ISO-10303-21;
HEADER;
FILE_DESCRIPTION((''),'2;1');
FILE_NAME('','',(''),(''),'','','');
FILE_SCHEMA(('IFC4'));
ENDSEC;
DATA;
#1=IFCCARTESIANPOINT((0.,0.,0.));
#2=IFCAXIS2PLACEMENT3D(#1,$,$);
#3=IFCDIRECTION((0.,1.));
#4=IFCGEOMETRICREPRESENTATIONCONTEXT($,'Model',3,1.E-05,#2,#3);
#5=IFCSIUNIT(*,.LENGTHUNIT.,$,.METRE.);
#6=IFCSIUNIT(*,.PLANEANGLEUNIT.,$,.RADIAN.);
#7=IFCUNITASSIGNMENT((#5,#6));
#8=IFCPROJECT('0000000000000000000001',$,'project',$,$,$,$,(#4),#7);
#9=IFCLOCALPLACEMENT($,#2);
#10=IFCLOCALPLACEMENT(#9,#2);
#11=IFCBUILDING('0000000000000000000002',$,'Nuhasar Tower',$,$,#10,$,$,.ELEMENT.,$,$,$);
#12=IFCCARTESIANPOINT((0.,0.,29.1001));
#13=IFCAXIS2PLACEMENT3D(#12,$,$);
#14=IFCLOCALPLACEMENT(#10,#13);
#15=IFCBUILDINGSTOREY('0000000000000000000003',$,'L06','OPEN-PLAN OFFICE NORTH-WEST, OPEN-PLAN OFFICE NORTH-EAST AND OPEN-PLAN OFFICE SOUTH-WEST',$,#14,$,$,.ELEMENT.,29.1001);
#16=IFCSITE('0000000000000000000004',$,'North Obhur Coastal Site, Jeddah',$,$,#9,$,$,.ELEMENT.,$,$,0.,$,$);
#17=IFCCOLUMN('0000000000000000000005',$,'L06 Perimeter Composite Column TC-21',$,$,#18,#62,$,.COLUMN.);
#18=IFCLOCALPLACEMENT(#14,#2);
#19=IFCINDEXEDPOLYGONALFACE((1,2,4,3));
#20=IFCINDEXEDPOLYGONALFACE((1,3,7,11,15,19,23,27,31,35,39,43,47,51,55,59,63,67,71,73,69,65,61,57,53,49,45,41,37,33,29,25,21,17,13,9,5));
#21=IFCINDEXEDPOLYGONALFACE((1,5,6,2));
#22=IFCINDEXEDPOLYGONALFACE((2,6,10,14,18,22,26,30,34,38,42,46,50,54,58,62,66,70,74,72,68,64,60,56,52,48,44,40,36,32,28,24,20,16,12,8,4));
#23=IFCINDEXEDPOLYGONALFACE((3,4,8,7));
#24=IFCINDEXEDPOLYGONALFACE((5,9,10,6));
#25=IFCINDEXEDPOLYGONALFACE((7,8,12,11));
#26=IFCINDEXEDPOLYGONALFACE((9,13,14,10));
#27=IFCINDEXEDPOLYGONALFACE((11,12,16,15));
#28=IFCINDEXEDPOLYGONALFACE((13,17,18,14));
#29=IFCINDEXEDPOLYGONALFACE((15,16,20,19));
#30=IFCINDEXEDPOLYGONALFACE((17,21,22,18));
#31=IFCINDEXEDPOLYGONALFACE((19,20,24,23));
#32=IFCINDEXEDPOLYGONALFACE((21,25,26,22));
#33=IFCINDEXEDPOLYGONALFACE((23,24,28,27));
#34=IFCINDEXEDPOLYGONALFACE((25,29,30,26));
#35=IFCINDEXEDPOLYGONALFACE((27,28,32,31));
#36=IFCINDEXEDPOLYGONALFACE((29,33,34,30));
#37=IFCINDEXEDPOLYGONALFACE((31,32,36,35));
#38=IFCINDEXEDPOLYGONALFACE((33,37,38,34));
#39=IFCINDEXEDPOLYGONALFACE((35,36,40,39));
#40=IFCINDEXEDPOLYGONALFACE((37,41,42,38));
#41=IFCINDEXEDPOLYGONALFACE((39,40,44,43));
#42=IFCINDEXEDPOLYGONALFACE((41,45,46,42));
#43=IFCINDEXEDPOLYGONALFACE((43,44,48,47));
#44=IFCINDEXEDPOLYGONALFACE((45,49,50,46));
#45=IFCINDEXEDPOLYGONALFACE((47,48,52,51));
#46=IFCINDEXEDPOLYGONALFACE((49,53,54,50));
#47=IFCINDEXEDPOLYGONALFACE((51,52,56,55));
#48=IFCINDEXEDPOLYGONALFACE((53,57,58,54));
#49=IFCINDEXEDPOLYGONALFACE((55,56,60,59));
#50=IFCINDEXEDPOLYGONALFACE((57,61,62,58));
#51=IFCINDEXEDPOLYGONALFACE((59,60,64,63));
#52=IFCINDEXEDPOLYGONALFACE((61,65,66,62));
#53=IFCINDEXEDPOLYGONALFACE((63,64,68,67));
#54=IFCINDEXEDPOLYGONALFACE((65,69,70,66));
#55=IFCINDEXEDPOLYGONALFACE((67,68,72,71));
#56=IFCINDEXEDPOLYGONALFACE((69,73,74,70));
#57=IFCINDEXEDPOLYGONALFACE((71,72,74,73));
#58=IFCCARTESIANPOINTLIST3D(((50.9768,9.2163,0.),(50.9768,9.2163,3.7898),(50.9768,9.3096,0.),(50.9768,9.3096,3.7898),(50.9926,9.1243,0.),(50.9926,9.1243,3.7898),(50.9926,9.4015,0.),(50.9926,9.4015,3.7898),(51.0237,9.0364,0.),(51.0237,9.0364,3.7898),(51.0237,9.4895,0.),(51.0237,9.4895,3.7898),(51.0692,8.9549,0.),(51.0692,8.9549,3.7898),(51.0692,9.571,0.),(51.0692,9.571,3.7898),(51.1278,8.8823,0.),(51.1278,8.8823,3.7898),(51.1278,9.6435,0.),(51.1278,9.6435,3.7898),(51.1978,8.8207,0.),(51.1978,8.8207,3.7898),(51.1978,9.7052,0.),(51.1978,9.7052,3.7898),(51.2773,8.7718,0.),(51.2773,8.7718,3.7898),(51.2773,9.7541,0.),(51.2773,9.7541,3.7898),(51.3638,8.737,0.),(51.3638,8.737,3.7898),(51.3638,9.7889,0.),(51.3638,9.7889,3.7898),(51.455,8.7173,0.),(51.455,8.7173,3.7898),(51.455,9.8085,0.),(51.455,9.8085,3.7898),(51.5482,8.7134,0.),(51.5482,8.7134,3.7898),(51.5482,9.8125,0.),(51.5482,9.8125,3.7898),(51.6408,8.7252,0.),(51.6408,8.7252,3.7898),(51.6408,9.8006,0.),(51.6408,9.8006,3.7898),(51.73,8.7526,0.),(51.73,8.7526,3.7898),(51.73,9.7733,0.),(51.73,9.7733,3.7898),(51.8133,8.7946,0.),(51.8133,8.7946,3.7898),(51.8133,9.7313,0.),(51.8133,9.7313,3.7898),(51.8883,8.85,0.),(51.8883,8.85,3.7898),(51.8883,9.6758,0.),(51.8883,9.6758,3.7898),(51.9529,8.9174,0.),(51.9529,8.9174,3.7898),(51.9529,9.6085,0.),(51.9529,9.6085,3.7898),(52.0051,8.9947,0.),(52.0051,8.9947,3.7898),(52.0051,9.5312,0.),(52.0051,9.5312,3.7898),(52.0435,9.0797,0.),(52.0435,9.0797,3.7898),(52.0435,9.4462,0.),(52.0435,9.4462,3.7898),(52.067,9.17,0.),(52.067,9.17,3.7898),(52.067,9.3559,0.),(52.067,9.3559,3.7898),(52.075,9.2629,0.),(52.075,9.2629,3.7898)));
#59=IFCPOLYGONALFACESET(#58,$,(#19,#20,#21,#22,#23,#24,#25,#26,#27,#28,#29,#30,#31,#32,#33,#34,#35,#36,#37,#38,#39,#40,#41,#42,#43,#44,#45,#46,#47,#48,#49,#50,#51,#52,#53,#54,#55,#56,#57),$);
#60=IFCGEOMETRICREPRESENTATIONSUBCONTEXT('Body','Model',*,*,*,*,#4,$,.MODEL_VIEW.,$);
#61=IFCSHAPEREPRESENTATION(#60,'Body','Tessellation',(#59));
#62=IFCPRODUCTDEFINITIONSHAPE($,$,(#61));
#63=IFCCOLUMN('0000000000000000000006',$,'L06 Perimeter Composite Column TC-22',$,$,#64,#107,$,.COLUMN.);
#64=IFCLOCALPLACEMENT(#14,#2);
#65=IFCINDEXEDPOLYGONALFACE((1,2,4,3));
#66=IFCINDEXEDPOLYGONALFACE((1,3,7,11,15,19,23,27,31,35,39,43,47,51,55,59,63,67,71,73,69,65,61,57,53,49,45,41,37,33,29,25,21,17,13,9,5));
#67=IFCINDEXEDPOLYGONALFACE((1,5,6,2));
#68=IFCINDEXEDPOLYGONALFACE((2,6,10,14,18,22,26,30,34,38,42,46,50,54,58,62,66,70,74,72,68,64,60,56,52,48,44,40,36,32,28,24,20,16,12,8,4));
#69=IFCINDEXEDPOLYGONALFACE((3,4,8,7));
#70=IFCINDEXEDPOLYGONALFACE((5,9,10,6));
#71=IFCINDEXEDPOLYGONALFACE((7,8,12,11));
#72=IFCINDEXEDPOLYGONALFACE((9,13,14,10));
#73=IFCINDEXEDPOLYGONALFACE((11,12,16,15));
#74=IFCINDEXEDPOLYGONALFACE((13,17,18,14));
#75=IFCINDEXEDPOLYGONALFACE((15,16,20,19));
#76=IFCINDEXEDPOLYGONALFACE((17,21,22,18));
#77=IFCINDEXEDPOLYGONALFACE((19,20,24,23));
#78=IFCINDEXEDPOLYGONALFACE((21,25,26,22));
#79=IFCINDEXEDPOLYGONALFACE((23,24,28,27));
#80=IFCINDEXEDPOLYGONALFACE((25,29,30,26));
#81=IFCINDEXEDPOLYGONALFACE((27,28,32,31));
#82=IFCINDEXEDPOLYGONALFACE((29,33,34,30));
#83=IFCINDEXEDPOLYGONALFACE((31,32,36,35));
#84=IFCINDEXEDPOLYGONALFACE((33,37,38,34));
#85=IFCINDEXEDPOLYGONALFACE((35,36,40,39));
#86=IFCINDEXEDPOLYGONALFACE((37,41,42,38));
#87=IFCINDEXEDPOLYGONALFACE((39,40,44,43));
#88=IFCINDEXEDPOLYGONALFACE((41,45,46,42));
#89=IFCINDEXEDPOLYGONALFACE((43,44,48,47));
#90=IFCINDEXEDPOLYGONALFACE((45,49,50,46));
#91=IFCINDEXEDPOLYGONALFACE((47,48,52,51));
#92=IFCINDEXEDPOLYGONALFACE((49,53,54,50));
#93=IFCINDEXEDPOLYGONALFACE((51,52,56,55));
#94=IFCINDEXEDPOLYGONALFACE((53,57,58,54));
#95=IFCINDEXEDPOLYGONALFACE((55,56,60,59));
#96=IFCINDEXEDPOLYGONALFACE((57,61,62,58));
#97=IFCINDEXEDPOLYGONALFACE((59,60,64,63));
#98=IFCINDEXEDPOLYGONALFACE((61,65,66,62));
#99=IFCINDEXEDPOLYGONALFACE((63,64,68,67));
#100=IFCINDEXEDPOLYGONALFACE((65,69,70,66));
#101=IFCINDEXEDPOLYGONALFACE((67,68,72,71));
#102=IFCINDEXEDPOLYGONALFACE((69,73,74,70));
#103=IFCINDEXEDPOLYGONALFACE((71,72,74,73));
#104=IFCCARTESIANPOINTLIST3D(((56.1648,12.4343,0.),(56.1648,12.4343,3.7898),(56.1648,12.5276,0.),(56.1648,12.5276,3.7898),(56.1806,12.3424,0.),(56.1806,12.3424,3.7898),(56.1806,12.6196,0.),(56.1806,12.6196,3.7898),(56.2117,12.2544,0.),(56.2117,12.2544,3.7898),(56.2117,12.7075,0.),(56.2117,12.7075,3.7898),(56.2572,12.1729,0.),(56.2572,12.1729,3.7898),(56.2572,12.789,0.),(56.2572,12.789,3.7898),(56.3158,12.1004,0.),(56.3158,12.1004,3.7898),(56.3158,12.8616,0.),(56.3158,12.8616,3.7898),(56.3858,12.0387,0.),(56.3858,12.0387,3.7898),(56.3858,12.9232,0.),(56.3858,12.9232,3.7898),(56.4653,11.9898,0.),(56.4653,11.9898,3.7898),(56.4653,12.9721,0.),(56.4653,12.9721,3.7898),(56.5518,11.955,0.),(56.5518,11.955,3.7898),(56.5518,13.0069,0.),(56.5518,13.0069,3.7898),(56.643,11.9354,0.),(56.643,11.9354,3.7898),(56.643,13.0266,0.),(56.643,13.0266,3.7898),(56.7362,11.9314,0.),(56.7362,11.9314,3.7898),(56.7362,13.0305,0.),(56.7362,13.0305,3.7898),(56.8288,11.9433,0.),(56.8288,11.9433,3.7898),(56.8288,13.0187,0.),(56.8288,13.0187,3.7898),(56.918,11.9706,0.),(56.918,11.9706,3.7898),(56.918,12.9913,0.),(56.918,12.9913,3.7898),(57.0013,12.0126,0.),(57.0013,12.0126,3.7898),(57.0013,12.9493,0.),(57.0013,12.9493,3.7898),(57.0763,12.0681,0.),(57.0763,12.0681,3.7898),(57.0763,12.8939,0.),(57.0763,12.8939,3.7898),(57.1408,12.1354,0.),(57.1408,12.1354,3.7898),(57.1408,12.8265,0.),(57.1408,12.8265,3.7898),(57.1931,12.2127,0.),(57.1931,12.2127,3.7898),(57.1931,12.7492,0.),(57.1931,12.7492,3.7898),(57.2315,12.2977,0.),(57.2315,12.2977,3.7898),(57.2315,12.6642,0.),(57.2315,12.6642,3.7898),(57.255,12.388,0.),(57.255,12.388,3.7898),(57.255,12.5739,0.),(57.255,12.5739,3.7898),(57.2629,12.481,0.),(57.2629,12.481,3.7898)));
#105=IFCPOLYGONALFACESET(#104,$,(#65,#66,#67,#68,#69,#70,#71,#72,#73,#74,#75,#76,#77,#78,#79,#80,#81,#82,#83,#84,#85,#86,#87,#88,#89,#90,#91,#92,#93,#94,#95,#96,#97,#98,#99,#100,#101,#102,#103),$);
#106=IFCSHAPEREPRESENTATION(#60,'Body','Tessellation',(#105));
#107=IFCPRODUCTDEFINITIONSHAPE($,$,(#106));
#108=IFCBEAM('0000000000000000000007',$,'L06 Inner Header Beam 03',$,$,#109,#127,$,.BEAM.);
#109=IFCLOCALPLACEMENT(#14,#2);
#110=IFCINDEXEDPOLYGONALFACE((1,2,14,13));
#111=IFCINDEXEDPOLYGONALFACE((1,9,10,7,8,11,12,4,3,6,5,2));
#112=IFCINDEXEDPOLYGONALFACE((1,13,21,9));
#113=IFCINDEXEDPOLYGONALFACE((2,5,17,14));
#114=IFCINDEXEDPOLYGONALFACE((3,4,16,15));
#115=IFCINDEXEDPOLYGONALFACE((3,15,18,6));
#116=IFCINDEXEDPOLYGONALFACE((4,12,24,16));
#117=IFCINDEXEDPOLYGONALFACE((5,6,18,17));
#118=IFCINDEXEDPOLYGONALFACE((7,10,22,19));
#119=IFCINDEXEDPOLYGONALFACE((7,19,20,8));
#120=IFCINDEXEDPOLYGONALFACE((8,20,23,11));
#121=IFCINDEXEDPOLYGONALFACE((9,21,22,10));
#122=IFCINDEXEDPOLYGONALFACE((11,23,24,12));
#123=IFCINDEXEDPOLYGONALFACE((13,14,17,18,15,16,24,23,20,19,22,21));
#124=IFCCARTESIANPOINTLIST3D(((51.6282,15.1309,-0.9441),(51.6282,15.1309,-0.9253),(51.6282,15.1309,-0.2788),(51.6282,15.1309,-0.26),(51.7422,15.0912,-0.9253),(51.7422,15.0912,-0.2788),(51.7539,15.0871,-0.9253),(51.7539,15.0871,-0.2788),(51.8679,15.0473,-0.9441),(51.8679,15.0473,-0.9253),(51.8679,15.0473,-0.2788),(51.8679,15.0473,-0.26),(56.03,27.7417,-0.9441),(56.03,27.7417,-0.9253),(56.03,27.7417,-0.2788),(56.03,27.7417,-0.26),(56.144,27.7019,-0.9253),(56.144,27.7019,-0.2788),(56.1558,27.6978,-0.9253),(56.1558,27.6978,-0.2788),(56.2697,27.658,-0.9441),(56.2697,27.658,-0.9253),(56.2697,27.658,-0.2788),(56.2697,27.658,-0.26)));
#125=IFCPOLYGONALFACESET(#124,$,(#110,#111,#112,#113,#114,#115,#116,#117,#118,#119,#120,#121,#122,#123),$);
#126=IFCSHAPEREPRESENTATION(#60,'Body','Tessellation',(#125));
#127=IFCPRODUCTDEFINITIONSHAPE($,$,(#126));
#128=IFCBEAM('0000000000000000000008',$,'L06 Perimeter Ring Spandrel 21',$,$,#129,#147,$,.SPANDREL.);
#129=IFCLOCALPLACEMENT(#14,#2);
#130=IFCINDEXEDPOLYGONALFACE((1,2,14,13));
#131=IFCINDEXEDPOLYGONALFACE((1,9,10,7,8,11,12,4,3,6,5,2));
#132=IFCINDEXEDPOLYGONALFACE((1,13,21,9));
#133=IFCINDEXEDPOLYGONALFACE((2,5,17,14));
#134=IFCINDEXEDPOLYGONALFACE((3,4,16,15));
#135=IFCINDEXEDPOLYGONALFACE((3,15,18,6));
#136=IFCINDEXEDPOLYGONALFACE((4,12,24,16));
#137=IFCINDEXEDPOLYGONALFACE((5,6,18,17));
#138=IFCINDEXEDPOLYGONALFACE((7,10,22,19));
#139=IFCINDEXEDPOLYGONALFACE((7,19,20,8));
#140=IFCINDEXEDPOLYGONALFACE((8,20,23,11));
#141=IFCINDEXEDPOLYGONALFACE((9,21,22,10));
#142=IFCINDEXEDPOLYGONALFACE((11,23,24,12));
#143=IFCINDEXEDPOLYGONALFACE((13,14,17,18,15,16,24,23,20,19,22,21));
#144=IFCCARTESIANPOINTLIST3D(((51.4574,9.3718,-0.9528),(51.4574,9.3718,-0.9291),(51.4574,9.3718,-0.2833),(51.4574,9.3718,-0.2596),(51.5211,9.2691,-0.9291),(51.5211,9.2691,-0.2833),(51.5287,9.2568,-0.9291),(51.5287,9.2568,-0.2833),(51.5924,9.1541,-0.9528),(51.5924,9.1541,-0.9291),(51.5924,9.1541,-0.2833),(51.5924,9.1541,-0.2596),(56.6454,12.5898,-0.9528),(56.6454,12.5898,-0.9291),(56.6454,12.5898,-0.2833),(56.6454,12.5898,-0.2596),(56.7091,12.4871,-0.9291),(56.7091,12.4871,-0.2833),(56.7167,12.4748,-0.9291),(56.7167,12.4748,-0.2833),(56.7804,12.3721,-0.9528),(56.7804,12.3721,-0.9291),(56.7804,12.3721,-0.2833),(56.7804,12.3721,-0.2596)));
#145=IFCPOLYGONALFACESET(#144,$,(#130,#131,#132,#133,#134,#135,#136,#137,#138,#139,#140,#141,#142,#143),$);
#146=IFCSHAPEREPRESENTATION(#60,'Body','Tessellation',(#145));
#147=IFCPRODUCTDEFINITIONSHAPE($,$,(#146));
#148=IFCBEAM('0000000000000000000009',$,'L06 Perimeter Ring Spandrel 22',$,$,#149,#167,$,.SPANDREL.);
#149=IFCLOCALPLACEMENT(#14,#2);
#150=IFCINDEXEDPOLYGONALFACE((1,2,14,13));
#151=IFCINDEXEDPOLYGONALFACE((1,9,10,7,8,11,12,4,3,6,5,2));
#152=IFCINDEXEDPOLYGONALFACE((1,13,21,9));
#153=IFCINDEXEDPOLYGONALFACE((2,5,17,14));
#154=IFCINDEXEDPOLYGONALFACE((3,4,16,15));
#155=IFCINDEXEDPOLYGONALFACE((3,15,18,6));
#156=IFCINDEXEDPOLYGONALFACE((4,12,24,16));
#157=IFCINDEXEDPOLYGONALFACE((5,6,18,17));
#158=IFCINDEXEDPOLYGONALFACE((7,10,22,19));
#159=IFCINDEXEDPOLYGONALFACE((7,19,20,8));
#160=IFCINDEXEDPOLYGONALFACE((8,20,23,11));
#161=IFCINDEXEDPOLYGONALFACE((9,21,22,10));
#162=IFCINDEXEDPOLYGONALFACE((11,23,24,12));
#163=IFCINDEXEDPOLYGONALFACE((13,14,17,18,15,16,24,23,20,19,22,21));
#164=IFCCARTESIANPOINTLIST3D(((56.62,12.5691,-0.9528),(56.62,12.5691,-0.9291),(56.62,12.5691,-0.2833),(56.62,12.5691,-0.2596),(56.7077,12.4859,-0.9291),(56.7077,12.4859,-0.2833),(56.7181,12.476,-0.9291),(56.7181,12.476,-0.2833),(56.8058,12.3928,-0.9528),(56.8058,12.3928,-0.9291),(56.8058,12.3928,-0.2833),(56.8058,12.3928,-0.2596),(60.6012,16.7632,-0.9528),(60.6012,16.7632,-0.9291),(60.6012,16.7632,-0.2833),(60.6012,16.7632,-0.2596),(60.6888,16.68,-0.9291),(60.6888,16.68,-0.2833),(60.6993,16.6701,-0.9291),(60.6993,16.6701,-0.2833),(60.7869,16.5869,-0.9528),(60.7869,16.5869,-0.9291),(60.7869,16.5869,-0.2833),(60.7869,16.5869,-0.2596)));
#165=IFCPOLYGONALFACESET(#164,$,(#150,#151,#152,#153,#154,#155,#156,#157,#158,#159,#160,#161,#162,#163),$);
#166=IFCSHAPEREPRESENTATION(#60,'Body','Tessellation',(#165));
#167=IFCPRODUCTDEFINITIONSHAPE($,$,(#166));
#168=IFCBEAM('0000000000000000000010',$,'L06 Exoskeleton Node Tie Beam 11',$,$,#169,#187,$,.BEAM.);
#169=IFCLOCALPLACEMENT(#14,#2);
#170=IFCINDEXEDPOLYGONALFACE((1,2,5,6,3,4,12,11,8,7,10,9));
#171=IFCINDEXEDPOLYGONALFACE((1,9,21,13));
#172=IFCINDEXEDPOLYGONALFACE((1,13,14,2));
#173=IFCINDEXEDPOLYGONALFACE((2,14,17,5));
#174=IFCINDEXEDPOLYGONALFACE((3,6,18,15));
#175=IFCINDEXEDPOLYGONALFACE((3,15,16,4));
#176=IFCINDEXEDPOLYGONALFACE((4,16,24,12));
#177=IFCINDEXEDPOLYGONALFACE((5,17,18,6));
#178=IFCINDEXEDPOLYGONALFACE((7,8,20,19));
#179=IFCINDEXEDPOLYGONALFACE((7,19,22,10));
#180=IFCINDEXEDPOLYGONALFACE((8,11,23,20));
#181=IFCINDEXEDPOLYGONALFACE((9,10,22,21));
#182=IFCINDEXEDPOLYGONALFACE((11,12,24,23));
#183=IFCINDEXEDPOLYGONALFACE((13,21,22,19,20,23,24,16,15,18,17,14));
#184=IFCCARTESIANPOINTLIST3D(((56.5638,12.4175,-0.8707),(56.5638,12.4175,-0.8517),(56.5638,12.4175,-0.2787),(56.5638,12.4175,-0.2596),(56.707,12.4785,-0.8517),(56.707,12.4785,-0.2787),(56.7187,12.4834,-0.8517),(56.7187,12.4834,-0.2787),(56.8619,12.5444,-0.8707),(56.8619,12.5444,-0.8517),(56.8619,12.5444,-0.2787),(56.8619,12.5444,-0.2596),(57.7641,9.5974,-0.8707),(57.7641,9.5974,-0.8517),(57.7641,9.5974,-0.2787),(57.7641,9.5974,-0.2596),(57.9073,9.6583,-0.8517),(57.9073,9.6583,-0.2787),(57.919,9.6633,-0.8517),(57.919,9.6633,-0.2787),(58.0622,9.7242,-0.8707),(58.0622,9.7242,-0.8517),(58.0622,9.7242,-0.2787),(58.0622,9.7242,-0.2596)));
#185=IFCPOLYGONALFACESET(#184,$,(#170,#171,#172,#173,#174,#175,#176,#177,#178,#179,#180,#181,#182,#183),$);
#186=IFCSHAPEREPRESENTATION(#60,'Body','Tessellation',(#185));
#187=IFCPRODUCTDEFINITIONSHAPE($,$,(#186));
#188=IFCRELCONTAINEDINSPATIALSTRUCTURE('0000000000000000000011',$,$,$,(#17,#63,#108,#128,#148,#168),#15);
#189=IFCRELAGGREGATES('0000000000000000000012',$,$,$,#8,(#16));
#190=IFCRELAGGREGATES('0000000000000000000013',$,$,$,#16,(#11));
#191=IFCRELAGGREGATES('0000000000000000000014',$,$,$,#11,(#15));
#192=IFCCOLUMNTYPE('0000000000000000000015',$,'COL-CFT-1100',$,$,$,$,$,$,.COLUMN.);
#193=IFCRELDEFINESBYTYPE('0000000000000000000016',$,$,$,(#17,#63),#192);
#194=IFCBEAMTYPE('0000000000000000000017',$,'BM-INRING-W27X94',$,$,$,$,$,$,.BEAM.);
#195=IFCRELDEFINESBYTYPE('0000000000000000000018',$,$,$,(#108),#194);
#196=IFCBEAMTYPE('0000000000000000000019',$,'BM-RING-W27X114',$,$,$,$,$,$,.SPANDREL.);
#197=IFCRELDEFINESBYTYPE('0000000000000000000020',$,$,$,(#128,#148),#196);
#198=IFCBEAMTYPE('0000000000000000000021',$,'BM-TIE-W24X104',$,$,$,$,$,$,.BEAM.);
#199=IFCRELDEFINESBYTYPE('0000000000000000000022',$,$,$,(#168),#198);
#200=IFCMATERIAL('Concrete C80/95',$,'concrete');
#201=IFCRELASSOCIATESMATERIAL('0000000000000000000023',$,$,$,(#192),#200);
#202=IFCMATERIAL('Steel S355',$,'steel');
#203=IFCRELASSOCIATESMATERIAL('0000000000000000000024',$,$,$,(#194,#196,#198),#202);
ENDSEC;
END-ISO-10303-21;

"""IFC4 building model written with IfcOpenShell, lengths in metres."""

from ifc_helpers import new_model, si_unit, direction, frame, origin, origin_2d, place, context, subcontext, project, spatial, circle, i_section, extrude, material, material_profile, profile_set, type_object, element, save


model = new_model("IFC4")

# Units and contexts
model_context = context("Model", 3, precision=1e-05, world=origin(), true_north=direction((0.0, 1.0)))
body_context = subcontext(model_context, "Body", "Model", "MODEL_VIEW")
ifc_project = project(units=[si_unit("LENGTHUNIT", "METRE"), si_unit("PLANEANGLEUNIT", "RADIAN")], contexts=[model_context])

# Site, building, storey
site_placement = place(None, origin())
site = spatial("IfcSite", under=ifc_project, at=site_placement, Name="North Obhur Coastal Site, Jeddah", CompositionType="ELEMENT", RefElevation=0.0)
building_placement = place(site_placement, origin())
building = spatial("IfcBuilding", under=site, at=building_placement, Name="Nuhasar Tower", CompositionType="ELEMENT")
storey_placement = place(building_placement, frame((0.0, 0.0, 29.1001)))
storey = spatial("IfcBuildingStorey", under=building, at=storey_placement, Name="L06", Description="OPEN-PLAN OFFICE NORTH-WEST, OPEN-PLAN OFFICE NORTH-EAST AND OPEN-PLAN OFFICE SOUTH-WEST", CompositionType="ELEMENT", Elevation=29.1001)

# Columns
ifc_material_1 = material(Name="Concrete C80/95", Category="concrete")
ifc_material_profile_1 = material_profile(ifc_material_1, circle(Radius=0.55, at=origin_2d()), Name="CFT1100")
ifc_profile_set_1 = profile_set([ifc_material_profile_1], Name="Concrete C80/95")
column_type = type_object("IfcColumnType", Name="COL-CFT-1100", PredefinedType="COLUMN", material=ifc_profile_set_1)
for number, where, z_axis, x_axis, name in (
    (1, (51.5249, 9.2629, 0.0), (0.0, 0.0, 1.0), (1.0, 0.0, 0.0), "L06 Perimeter Composite Column TC-21"),
    (2, (56.7129, 12.481, 0.0), (0.0, 0.0, 1.0), (1.0, 0.0, 0.0), "L06 Perimeter Composite Column TC-22"),
):
    element("IfcColumn", number, at=place(storey_placement, frame(where, z_axis=z_axis, x_axis=x_axis)), inside=storey, type_object=column_type, Name=name, PredefinedType="COLUMN", context=body_context, shape_type="SweptSolid", body=[
        extrude(circle(Radius=0.55, at=origin_2d()), origin(), (0.0, 0.0, 1.0), 3.7898),
    ])

# Beams
ifc_material_2 = material(Name="Steel S355", Category="steel")
ifc_material_profile_2 = material_profile(ifc_material_2, i_section(OverallWidth=0.2539, OverallDepth=0.6841, WebThickness=0.0125, FlangeThickness=0.0188, at=origin_2d()), Name="W27X94")
ifc_profile_set_2 = profile_set([ifc_material_profile_2], Name="Steel S355")
beam_type_1 = type_object("IfcBeamType", Name="BM-INRING-W27X94", PredefinedType="BEAM", material=ifc_profile_set_2)
beam_1_placement = place(storey_placement, frame((51.748, 15.0891, -0.6021), z_axis=(0.329554, 0.944137, 0.0), x_axis=(-0.944137, 0.329554, 0.0)))
element("IfcBeam", 3, at=beam_1_placement, inside=storey, type_object=beam_type_1, Name="L06 Inner Header Beam 03", PredefinedType="BEAM", context=body_context, shape_type="SweptSolid", body=[
    extrude(i_section(OverallWidth=0.2539, OverallDepth=0.6841, WebThickness=0.0125, FlangeThickness=0.0188, at=origin_2d()), origin(), (0.0, 0.0, 1.0), 13.3569),
])
ifc_material_profile_3 = material_profile(ifc_material_2, i_section(OverallWidth=0.2561, OverallDepth=0.6931, WebThickness=0.0144, FlangeThickness=0.0237, at=origin_2d()), Name="W27X114")
ifc_profile_set_3 = profile_set([ifc_material_profile_3], Name="Steel S355")
beam_type_2 = type_object("IfcBeamType", Name="BM-RING-W27X114", PredefinedType="SPANDREL", material=ifc_profile_set_3)
beam_2_placement = place(storey_placement, frame((51.5249, 9.2629, -0.6062), z_axis=(0.849795, 0.527113, 0.0), x_axis=(-0.527113, 0.849795, 0.0)))
element("IfcBeam", 4, at=beam_2_placement, inside=storey, type_object=beam_type_2, Name="L06 Perimeter Ring Spandrel 21", PredefinedType="SPANDREL", context=body_context, shape_type="SweptSolid", body=[
    extrude(i_section(OverallWidth=0.2561, OverallDepth=0.6931, WebThickness=0.0144, FlangeThickness=0.0237, at=origin_2d()), origin(), (0.0, 0.0, 1.0), 6.105),
])
beam_3_placement = place(storey_placement, frame((56.7129, 12.481, -0.6062), z_axis=(0.68846, 0.725274, 0.0), x_axis=(-0.725274, 0.68846, 0.0)))
element("IfcBeam", 5, at=beam_3_placement, inside=storey, type_object=beam_type_2, Name="L06 Perimeter Ring Spandrel 22", PredefinedType="SPANDREL", context=body_context, shape_type="SweptSolid", body=[
    extrude(i_section(OverallWidth=0.2561, OverallDepth=0.6931, WebThickness=0.0144, FlangeThickness=0.0237, at=origin_2d()), origin(), (0.0, 0.0, 1.0), 5.7827),
])
ifc_material_profile_4 = material_profile(ifc_material_2, i_section(OverallWidth=0.324, OverallDepth=0.6111, WebThickness=0.0127, FlangeThickness=0.019, at=origin_2d()), Name="W24X104")
ifc_profile_set_4 = profile_set([ifc_material_profile_4], Name="Steel S355")
beam_type_3 = type_object("IfcBeamType", Name="BM-TIE-W24X104", PredefinedType="BEAM", material=ifc_profile_set_4)
beam_4_placement = place(storey_placement, frame((56.7129, 12.481, -0.5652), z_axis=(0.391601, -0.920135, 0.0), x_axis=(0.920135, 0.391601, 0.0)))
element("IfcBeam", 6, at=beam_4_placement, inside=storey, type_object=beam_type_3, Name="L06 Exoskeleton Node Tie Beam 11", PredefinedType="BEAM", context=body_context, shape_type="SweptSolid", body=[
    extrude(i_section(OverallWidth=0.324, OverallDepth=0.6111, WebThickness=0.0127, FlangeThickness=0.019, at=origin_2d()), origin(), (0.0, 0.0, 1.0), 3.0649),
])

save(model, "model.ifc")
